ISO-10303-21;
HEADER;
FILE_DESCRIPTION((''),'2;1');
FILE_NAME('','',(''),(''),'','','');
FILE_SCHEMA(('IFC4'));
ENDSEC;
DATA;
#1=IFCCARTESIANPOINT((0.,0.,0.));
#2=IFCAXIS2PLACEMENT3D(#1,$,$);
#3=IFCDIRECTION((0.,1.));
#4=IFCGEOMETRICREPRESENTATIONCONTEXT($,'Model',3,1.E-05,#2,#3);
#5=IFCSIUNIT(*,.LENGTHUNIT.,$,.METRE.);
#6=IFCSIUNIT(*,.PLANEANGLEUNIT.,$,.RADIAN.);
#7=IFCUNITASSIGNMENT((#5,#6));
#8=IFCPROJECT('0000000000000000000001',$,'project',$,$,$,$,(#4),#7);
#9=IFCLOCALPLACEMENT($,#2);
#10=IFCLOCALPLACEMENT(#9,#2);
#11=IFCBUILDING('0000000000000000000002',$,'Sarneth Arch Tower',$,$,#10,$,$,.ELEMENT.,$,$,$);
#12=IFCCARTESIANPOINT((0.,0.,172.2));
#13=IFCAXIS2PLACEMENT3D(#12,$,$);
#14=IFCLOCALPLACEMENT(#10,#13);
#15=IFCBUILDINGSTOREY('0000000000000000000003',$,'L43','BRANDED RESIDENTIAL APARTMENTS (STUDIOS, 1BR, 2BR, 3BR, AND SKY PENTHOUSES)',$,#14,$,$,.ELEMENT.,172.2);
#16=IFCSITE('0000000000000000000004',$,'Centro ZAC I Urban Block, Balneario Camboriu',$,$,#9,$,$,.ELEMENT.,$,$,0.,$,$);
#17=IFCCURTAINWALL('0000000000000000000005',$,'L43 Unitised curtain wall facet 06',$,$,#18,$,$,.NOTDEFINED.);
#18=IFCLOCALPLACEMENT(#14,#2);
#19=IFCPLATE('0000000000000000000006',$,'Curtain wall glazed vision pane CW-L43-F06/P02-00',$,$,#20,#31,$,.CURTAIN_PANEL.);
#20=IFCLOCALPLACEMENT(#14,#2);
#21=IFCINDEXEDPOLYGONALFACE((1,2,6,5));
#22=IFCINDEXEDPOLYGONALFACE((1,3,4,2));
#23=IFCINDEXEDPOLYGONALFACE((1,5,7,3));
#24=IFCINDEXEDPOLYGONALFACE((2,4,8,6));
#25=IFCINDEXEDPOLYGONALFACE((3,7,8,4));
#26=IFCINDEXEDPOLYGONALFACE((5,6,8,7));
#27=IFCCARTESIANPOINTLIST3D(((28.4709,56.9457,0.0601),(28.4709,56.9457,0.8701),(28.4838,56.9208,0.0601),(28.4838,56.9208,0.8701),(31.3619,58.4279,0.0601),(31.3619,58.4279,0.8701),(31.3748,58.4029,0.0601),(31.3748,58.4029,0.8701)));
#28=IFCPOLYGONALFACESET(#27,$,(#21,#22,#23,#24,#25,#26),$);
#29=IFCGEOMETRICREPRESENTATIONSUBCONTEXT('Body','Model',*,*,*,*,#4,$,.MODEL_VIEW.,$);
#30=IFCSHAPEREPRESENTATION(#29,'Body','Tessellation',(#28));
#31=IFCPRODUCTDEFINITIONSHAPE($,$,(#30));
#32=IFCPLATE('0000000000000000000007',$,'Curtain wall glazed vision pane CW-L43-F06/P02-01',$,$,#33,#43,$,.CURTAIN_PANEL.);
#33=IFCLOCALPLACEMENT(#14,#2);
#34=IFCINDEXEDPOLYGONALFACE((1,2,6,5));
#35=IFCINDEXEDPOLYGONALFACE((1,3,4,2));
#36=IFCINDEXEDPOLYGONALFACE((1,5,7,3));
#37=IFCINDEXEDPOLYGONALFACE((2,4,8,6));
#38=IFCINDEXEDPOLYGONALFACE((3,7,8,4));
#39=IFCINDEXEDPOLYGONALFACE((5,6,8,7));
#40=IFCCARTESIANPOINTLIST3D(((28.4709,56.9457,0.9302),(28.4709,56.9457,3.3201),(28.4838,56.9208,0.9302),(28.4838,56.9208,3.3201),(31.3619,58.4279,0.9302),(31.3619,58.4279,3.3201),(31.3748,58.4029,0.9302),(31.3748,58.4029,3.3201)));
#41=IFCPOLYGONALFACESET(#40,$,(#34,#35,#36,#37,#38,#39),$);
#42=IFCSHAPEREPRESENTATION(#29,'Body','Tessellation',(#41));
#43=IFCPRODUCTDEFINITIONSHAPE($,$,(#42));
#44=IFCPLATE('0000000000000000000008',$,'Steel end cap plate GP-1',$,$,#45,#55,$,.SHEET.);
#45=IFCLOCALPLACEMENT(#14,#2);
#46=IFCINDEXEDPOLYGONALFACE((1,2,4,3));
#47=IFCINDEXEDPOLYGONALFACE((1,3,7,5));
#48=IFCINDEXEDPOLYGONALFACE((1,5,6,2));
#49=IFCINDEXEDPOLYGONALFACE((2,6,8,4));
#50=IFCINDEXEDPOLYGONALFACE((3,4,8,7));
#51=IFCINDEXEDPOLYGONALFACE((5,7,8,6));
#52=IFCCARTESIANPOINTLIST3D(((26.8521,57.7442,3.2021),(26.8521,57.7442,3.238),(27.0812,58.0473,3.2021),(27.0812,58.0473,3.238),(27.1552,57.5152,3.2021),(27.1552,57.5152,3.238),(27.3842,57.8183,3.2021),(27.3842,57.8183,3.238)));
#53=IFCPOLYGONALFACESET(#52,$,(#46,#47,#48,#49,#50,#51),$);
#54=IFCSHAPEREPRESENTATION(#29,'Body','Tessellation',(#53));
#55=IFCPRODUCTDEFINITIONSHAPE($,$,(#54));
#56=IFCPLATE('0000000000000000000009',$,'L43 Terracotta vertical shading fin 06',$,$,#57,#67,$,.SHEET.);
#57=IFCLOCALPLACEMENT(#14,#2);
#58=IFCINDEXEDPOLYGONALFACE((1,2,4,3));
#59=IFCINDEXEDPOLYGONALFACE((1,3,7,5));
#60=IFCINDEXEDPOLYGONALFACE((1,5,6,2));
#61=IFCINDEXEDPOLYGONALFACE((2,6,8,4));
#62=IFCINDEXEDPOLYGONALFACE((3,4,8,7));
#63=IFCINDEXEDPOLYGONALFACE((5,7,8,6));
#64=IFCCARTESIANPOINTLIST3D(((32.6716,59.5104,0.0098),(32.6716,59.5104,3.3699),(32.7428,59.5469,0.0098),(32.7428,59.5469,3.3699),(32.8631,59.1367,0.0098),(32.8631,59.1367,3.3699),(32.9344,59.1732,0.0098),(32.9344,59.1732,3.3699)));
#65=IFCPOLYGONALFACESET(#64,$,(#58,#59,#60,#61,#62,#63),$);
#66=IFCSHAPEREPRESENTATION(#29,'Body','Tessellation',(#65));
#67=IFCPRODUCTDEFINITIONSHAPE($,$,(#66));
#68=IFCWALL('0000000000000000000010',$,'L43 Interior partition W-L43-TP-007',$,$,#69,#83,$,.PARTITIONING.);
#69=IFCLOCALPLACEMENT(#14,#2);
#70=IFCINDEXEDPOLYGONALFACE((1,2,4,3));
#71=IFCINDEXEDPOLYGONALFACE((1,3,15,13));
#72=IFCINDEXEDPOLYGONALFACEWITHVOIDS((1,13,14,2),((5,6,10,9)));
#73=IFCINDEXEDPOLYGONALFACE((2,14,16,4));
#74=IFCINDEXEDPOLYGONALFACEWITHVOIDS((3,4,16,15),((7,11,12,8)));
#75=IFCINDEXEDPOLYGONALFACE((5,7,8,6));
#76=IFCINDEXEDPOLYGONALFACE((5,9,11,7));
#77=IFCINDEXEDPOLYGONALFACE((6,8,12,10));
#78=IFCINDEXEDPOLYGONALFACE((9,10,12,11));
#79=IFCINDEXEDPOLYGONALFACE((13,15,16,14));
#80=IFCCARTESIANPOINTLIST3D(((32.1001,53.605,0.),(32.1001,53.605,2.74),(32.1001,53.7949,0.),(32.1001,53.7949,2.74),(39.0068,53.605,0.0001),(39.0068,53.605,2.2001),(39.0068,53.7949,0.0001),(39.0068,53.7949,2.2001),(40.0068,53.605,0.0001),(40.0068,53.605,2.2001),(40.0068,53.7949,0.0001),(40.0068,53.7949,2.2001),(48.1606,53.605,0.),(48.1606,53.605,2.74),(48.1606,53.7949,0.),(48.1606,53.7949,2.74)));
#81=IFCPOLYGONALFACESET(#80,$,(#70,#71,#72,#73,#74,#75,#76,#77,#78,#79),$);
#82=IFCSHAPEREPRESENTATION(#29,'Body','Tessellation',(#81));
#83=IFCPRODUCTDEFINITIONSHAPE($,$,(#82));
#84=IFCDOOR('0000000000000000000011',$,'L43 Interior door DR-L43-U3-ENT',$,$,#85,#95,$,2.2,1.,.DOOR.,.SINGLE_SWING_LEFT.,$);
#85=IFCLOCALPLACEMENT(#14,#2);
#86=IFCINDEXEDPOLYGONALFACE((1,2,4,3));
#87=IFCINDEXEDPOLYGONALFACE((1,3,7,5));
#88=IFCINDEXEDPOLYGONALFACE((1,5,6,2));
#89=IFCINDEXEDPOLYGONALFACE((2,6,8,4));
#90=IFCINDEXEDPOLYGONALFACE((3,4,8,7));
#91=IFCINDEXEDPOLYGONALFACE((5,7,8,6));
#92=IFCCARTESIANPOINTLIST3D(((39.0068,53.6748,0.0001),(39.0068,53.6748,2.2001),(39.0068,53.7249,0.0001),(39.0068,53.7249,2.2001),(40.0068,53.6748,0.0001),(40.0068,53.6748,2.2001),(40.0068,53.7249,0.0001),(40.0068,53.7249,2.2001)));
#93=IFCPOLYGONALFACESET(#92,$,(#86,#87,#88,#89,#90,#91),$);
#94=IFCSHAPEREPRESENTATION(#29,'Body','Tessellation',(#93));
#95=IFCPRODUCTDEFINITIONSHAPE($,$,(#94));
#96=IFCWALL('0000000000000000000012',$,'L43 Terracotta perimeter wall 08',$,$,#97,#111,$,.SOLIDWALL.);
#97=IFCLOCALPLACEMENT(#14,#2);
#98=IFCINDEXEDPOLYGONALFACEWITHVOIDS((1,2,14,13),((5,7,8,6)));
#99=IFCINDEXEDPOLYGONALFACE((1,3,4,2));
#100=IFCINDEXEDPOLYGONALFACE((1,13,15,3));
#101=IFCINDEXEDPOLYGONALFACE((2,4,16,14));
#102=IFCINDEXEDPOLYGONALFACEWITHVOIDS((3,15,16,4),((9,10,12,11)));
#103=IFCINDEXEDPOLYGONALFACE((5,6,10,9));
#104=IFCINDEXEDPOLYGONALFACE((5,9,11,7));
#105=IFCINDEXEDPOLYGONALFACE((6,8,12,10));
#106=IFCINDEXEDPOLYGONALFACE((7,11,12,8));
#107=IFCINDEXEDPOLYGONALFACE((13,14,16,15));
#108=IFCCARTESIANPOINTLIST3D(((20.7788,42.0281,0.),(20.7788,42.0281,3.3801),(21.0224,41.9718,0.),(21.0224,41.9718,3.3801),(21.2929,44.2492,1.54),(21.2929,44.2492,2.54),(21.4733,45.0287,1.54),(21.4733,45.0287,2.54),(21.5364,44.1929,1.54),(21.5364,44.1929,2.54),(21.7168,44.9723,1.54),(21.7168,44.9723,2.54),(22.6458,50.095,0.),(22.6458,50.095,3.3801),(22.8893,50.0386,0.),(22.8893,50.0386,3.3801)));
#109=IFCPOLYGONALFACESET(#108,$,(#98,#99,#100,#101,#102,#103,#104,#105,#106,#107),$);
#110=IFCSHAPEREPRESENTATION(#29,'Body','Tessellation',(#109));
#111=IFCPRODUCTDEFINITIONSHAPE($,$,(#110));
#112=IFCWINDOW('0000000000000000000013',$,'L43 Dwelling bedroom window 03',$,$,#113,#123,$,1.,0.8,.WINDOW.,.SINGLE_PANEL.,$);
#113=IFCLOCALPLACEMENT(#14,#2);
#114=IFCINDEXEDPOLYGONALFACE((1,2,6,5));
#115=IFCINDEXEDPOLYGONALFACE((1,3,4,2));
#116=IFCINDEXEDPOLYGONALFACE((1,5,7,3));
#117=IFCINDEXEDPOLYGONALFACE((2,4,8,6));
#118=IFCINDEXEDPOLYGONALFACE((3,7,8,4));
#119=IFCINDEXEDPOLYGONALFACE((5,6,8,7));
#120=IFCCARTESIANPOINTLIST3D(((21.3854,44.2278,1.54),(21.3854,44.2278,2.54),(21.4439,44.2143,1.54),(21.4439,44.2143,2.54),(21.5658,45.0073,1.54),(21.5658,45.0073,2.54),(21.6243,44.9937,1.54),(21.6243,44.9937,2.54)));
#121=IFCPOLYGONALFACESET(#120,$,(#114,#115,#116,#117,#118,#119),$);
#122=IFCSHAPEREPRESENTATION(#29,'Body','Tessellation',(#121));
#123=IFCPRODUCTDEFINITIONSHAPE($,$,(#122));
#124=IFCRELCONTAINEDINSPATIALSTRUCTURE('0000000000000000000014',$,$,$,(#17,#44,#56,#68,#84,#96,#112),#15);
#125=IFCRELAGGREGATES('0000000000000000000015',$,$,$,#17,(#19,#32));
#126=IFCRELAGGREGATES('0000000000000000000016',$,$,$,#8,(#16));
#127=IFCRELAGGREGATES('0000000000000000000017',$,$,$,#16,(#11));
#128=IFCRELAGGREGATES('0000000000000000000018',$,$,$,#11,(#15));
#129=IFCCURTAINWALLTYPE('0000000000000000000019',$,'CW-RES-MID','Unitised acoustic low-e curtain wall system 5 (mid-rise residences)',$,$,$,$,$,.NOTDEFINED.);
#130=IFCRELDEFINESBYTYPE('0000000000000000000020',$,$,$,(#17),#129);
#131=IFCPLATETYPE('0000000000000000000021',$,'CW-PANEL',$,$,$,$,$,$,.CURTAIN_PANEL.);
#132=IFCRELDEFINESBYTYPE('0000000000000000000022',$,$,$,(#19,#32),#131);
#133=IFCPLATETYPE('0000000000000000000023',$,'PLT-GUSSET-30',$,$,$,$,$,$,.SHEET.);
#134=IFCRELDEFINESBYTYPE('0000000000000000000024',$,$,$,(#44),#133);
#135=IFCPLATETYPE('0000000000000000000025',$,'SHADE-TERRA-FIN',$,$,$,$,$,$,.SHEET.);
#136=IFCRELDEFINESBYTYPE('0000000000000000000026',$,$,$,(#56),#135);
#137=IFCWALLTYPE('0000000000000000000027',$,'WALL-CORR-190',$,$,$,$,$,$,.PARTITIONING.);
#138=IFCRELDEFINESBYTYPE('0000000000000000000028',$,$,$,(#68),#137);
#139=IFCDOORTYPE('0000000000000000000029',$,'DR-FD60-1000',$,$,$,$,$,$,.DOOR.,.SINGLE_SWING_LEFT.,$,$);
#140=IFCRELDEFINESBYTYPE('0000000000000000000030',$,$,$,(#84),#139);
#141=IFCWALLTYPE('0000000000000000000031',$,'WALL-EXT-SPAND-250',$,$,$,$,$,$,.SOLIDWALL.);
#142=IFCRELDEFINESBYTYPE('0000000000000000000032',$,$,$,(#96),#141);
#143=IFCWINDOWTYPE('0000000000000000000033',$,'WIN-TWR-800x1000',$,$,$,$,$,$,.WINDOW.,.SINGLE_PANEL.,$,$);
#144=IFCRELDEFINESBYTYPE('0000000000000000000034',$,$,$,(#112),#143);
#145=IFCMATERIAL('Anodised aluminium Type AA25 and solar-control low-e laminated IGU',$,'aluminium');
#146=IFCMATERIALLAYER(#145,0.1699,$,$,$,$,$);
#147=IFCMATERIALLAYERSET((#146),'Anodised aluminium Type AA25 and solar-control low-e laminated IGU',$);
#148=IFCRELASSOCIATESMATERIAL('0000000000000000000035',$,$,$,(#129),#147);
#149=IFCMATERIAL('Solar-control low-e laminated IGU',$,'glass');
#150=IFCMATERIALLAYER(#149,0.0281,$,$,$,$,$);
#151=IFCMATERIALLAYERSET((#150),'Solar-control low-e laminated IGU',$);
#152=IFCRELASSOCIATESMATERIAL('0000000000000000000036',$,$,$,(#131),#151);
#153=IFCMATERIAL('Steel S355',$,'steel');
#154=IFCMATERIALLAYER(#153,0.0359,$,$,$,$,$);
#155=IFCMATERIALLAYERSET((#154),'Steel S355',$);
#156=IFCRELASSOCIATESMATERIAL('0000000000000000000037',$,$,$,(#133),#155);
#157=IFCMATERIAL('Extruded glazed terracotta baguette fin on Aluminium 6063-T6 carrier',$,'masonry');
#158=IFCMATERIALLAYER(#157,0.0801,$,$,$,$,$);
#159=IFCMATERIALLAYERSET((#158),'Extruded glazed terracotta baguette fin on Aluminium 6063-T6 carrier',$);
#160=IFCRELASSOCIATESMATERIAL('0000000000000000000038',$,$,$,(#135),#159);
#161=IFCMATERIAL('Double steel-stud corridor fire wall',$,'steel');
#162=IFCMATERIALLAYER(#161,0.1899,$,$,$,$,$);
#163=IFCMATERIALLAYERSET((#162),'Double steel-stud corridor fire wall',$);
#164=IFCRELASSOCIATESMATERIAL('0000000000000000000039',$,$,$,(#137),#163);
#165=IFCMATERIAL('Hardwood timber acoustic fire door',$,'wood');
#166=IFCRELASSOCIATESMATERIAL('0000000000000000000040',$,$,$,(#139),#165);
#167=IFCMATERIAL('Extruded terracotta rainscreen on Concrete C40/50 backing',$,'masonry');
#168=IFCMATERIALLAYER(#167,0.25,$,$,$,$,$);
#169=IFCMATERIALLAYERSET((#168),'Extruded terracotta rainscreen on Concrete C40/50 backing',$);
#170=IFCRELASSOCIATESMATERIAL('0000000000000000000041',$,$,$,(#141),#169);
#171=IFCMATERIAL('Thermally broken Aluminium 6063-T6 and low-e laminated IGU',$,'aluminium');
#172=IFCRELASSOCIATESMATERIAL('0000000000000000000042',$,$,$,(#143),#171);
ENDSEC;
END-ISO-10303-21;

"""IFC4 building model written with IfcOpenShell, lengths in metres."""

from ifc_helpers import new_model, si_unit, direction, frame, frame_2d, origin, origin_2d, place, context, subcontext, project, spatial, rectangle, extrude, material, layer, layer_set, type_object, element, fill, aggregate, save


model = new_model("IFC4")

# Units and contexts
model_context = context("Model", 3, precision=1e-05, world=origin(), true_north=direction((0.0, 1.0)))
body_context = subcontext(model_context, "Body", "Model", "MODEL_VIEW")
ifc_project = project(units=[si_unit("LENGTHUNIT", "METRE"), si_unit("PLANEANGLEUNIT", "RADIAN")], contexts=[model_context])

# Site, building, storey
site_placement = place(None, origin())
site = spatial("IfcSite", under=ifc_project, at=site_placement, Name="Centro ZAC I Urban Block, Balneario Camboriu", CompositionType="ELEMENT", RefElevation=0.0)
building_placement = place(site_placement, origin())
building = spatial("IfcBuilding", under=site, at=building_placement, Name="Sarneth Arch Tower", CompositionType="ELEMENT")
storey_placement = place(building_placement, frame((0.0, 0.0, 172.2)))
storey = spatial("IfcBuildingStorey", under=building, at=storey_placement, Name="L43", Description="BRANDED RESIDENTIAL APARTMENTS (STUDIOS, 1BR, 2BR, 3BR, AND SKY PENTHOUSES)", CompositionType="ELEMENT", Elevation=172.2)

# Curtain wall
ifc_material_1 = material(Name="Anodised aluminium Type AA25 and solar-control low-e laminated IGU", Category="aluminium")
ifc_layer_1 = layer(ifc_material_1, 0.1699)
ifc_layer_set_1 = layer_set([ifc_layer_1], Name="Anodised aluminium Type AA25 and solar-control low-e laminated IGU")
curtain_wall_type = type_object("IfcCurtainWallType", Name="CW-RES-MID", Description="Unitised acoustic low-e curtain wall system 5 (mid-rise residences)", PredefinedType="NOTDEFINED", material=ifc_layer_set_1)
curtain_wall_placement = place(storey_placement, origin())
curtain_wall = element("IfcCurtainWall", 1, at=curtain_wall_placement, inside=storey, type_object=curtain_wall_type, Name="L43 Unitised curtain wall facet 06", PredefinedType="NOTDEFINED")

# Plates
ifc_material_2 = material(Name="Solar-control low-e laminated IGU", Category="glass")
ifc_layer_2 = layer(ifc_material_2, 0.0281)
ifc_layer_set_2 = layer_set([ifc_layer_2], Name="Solar-control low-e laminated IGU")
plate_type_1 = type_object("IfcPlateType", Name="CW-PANEL", PredefinedType="CURTAIN_PANEL", material=ifc_layer_set_2)
plate_1_placement = place(storey_placement, frame((29.9229, 57.6743, 0.0601), z_axis=(0.0, 0.0, 1.0), x_axis=(-0.889873, -0.456208, 0.0)))
plate_1 = element("IfcPlate", 2, at=plate_1_placement, type_object=plate_type_1, Name="Curtain wall glazed vision pane CW-L43-F06/P02-00", PredefinedType="CURTAIN_PANEL", context=body_context, shape_type="SweptSolid", body=[
    extrude(rectangle(XDim=3.2488, YDim=0.0281, at=origin_2d()), origin(), (0.0, 0.0, 1.0), 0.8101),
])
plate_2_placement = place(storey_placement, frame((29.9229, 57.6743, 0.9302), z_axis=(0.0, 0.0, 1.0), x_axis=(-0.889873, -0.456208, 0.0)))
plate_2 = element("IfcPlate", 3, at=plate_2_placement, type_object=plate_type_1, Name="Curtain wall glazed vision pane CW-L43-F06/P02-01", PredefinedType="CURTAIN_PANEL", context=body_context, shape_type="SweptSolid", body=[
    extrude(rectangle(XDim=3.2488, YDim=0.0281, at=origin_2d()), origin(), (0.0, 0.0, 1.0), 2.3899),
])
aggregate(curtain_wall, [plate_1, plate_2])

# Plates
ifc_material_3 = material(Name="Steel S355", Category="steel")
ifc_layer_3 = layer(ifc_material_3, 0.0359)
ifc_layer_set_3 = layer_set([ifc_layer_3], Name="Steel S355")
plate_type_2 = type_object("IfcPlateType", Name="PLT-GUSSET-30", PredefinedType="SHEET", material=ifc_layer_set_3)
plate_3_placement = place(storey_placement, frame((27.1182, 57.7812, 3.2021), z_axis=(0.0, 0.0, 1.0), x_axis=(-0.797794, 0.60293, 0.0)))
element("IfcPlate", 4, at=plate_3_placement, inside=storey, type_object=plate_type_2, Name="Steel end cap plate GP-1", PredefinedType="SHEET", context=body_context, shape_type="SweptSolid", body=[
    extrude(rectangle(XDim=0.3799, YDim=0.3799, at=origin_2d()), origin(), (0.0, 0.0, 1.0), 0.0359),
])
ifc_material_4 = material(Name="Extruded glazed terracotta baguette fin on Aluminium 6063-T6 carrier", Category="masonry")
ifc_layer_4 = layer(ifc_material_4, 0.0801)
ifc_layer_set_4 = layer_set([ifc_layer_4], Name="Extruded glazed terracotta baguette fin on Aluminium 6063-T6 carrier")
plate_type_3 = type_object("IfcPlateType", Name="SHADE-TERRA-FIN", PredefinedType="SHEET", material=ifc_layer_set_4)
plate_4_placement = place(storey_placement, frame((32.803, 59.3418, 0.0098), z_axis=(0.0, 0.0, 1.0), x_axis=(-0.456166, 0.889895, 0.0)))
element("IfcPlate", 5, at=plate_4_placement, inside=storey, type_object=plate_type_3, Name="L43 Terracotta vertical shading fin 06", PredefinedType="SHEET", context=body_context, shape_type="SweptSolid", body=[
    extrude(rectangle(XDim=0.4199, YDim=0.0801, at=origin_2d()), origin(), (0.0, 0.0, 1.0), 3.3601),
])

# Wall, opening, door
ifc_material_5 = material(Name="Double steel-stud corridor fire wall", Category="steel")
ifc_layer_5 = layer(ifc_material_5, 0.1899)
ifc_layer_set_5 = layer_set([ifc_layer_5], Name="Double steel-stud corridor fire wall")
wall_type_1 = type_object("IfcWallType", Name="WALL-CORR-190", PredefinedType="PARTITIONING", material=ifc_layer_set_5)
wall_1_placement = place(storey_placement, frame((32.1001, 53.7, 0.0), z_axis=(0.0, 0.0, 1.0), x_axis=(1.0, 0.0, 0.0)))
wall_1 = element("IfcWall", 6, at=wall_1_placement, inside=storey, type_object=wall_type_1, Name="L43 Interior partition W-L43-TP-007", PredefinedType="PARTITIONING", context=body_context, shape_type="SweptSolid", body=[
    extrude(rectangle(XDim=16.0605, YDim=0.1899, at=frame_2d((8.0303, 0.0))), origin(), (0.0, 0.0, 1.0), 2.74),
])
opening_1_placement = place(wall_1_placement, frame((6.9067, 0.0, 0.0)))
opening_1 = element("IfcOpeningElement", 7, at=opening_1_placement, cuts=wall_1, PredefinedType="OPENING", context=body_context, shape_type="SweptSolid", body=[
    extrude(rectangle(XDim=1.0, YDim=2.2, at=frame_2d((0.5, 1.1001))), frame((0.0, 0.105, 0.0), z_axis=(0.0, -1.0, 0.0), x_axis=(1.0, 0.0, 0.0)), (0.0, 0.0, 1.0), 0.21),
])
ifc_material_6 = material(Name="Hardwood timber acoustic fire door", Category="wood")
door_type_1 = type_object("IfcDoorType", Name="DR-FD60-1000", OperationType="SINGLE_SWING_LEFT", PredefinedType="DOOR", material=ifc_material_6)
door_1_placement = place(opening_1_placement, origin())
door_1 = element("IfcDoor", 8, at=door_1_placement, inside=storey, type_object=door_type_1, Name="L43 Interior door DR-L43-U3-ENT", OperationType="SINGLE_SWING_LEFT", OverallHeight=2.2, OverallWidth=1.0, PredefinedType="DOOR", context=body_context, shape_type="SweptSolid", body=[
    extrude(rectangle(XDim=1.0, YDim=2.2, at=frame_2d((0.5, 1.1001))), frame((0.0, 0.0249, 0.0), z_axis=(0.0, -1.0, 0.0), x_axis=(1.0, 0.0, 0.0)), (0.0, 0.0, 1.0), 0.05),
])
fill(opening_1, door_1)

# Wall, opening, window
ifc_material_7 = material(Name="Extruded terracotta rainscreen on Concrete C40/50 backing", Category="masonry")
ifc_layer_6 = layer(ifc_material_7, 0.25)
ifc_layer_set_6 = layer_set([ifc_layer_6], Name="Extruded terracotta rainscreen on Concrete C40/50 backing")
wall_type_2 = type_object("IfcWallType", Name="WALL-EXT-SPAND-250", PredefinedType="SOLIDWALL", material=ifc_layer_set_6)
wall_2_placement = place(storey_placement, frame((22.7676, 50.0669, 0.0), z_axis=(0.0, 0.0, 1.0), x_axis=(-0.225473, -0.974249, 0.0)))
wall_2 = element("IfcWall", 9, at=wall_2_placement, inside=storey, type_object=wall_type_2, Name="L43 Terracotta perimeter wall 08", PredefinedType="SOLIDWALL", context=body_context, shape_type="SweptSolid", body=[
    extrude(rectangle(XDim=8.28, YDim=0.25, at=frame_2d((4.1401, 0.0))), origin(), (0.0, 0.0, 1.0), 3.3801),
])
opening_2_placement = place(wall_2_placement, frame((5.2004, 0.0, 1.54)))
opening_2 = element("IfcOpeningElement", 10, at=opening_2_placement, cuts=wall_2, PredefinedType="OPENING", context=body_context, shape_type="SweptSolid", body=[
    extrude(rectangle(XDim=0.8, YDim=1.0, at=frame_2d((0.3999, 0.5))), frame((0.0, 0.135, 0.0), z_axis=(0.0, -1.0, 0.0), x_axis=(1.0, 0.0, 0.0)), (0.0, 0.0, 1.0), 0.27),
])
ifc_material_8 = material(Name="Thermally broken Aluminium 6063-T6 and low-e laminated IGU", Category="aluminium")
window_type_1 = type_object("IfcWindowType", Name="WIN-TWR-800x1000", PartitioningType="SINGLE_PANEL", PredefinedType="WINDOW", material=ifc_material_8)
window_1_placement = place(opening_2_placement, origin())
window_1 = element("IfcWindow", 11, at=window_1_placement, inside=storey, type_object=window_type_1, Name="L43 Dwelling bedroom window 03", OverallHeight=1.0, OverallWidth=0.8, PartitioningType="SINGLE_PANEL", PredefinedType="WINDOW", context=body_context, shape_type="SweptSolid", body=[
    extrude(rectangle(XDim=0.8, YDim=1.0, at=frame_2d((0.3999, 0.5))), frame((0.0, 0.03, 0.0), z_axis=(0.0, -1.0, 0.0), x_axis=(1.0, 0.0, 0.0)), (0.0, 0.0, 1.0), 0.0601),
])
fill(opening_2, window_1)

save(model, "model.ifc")
